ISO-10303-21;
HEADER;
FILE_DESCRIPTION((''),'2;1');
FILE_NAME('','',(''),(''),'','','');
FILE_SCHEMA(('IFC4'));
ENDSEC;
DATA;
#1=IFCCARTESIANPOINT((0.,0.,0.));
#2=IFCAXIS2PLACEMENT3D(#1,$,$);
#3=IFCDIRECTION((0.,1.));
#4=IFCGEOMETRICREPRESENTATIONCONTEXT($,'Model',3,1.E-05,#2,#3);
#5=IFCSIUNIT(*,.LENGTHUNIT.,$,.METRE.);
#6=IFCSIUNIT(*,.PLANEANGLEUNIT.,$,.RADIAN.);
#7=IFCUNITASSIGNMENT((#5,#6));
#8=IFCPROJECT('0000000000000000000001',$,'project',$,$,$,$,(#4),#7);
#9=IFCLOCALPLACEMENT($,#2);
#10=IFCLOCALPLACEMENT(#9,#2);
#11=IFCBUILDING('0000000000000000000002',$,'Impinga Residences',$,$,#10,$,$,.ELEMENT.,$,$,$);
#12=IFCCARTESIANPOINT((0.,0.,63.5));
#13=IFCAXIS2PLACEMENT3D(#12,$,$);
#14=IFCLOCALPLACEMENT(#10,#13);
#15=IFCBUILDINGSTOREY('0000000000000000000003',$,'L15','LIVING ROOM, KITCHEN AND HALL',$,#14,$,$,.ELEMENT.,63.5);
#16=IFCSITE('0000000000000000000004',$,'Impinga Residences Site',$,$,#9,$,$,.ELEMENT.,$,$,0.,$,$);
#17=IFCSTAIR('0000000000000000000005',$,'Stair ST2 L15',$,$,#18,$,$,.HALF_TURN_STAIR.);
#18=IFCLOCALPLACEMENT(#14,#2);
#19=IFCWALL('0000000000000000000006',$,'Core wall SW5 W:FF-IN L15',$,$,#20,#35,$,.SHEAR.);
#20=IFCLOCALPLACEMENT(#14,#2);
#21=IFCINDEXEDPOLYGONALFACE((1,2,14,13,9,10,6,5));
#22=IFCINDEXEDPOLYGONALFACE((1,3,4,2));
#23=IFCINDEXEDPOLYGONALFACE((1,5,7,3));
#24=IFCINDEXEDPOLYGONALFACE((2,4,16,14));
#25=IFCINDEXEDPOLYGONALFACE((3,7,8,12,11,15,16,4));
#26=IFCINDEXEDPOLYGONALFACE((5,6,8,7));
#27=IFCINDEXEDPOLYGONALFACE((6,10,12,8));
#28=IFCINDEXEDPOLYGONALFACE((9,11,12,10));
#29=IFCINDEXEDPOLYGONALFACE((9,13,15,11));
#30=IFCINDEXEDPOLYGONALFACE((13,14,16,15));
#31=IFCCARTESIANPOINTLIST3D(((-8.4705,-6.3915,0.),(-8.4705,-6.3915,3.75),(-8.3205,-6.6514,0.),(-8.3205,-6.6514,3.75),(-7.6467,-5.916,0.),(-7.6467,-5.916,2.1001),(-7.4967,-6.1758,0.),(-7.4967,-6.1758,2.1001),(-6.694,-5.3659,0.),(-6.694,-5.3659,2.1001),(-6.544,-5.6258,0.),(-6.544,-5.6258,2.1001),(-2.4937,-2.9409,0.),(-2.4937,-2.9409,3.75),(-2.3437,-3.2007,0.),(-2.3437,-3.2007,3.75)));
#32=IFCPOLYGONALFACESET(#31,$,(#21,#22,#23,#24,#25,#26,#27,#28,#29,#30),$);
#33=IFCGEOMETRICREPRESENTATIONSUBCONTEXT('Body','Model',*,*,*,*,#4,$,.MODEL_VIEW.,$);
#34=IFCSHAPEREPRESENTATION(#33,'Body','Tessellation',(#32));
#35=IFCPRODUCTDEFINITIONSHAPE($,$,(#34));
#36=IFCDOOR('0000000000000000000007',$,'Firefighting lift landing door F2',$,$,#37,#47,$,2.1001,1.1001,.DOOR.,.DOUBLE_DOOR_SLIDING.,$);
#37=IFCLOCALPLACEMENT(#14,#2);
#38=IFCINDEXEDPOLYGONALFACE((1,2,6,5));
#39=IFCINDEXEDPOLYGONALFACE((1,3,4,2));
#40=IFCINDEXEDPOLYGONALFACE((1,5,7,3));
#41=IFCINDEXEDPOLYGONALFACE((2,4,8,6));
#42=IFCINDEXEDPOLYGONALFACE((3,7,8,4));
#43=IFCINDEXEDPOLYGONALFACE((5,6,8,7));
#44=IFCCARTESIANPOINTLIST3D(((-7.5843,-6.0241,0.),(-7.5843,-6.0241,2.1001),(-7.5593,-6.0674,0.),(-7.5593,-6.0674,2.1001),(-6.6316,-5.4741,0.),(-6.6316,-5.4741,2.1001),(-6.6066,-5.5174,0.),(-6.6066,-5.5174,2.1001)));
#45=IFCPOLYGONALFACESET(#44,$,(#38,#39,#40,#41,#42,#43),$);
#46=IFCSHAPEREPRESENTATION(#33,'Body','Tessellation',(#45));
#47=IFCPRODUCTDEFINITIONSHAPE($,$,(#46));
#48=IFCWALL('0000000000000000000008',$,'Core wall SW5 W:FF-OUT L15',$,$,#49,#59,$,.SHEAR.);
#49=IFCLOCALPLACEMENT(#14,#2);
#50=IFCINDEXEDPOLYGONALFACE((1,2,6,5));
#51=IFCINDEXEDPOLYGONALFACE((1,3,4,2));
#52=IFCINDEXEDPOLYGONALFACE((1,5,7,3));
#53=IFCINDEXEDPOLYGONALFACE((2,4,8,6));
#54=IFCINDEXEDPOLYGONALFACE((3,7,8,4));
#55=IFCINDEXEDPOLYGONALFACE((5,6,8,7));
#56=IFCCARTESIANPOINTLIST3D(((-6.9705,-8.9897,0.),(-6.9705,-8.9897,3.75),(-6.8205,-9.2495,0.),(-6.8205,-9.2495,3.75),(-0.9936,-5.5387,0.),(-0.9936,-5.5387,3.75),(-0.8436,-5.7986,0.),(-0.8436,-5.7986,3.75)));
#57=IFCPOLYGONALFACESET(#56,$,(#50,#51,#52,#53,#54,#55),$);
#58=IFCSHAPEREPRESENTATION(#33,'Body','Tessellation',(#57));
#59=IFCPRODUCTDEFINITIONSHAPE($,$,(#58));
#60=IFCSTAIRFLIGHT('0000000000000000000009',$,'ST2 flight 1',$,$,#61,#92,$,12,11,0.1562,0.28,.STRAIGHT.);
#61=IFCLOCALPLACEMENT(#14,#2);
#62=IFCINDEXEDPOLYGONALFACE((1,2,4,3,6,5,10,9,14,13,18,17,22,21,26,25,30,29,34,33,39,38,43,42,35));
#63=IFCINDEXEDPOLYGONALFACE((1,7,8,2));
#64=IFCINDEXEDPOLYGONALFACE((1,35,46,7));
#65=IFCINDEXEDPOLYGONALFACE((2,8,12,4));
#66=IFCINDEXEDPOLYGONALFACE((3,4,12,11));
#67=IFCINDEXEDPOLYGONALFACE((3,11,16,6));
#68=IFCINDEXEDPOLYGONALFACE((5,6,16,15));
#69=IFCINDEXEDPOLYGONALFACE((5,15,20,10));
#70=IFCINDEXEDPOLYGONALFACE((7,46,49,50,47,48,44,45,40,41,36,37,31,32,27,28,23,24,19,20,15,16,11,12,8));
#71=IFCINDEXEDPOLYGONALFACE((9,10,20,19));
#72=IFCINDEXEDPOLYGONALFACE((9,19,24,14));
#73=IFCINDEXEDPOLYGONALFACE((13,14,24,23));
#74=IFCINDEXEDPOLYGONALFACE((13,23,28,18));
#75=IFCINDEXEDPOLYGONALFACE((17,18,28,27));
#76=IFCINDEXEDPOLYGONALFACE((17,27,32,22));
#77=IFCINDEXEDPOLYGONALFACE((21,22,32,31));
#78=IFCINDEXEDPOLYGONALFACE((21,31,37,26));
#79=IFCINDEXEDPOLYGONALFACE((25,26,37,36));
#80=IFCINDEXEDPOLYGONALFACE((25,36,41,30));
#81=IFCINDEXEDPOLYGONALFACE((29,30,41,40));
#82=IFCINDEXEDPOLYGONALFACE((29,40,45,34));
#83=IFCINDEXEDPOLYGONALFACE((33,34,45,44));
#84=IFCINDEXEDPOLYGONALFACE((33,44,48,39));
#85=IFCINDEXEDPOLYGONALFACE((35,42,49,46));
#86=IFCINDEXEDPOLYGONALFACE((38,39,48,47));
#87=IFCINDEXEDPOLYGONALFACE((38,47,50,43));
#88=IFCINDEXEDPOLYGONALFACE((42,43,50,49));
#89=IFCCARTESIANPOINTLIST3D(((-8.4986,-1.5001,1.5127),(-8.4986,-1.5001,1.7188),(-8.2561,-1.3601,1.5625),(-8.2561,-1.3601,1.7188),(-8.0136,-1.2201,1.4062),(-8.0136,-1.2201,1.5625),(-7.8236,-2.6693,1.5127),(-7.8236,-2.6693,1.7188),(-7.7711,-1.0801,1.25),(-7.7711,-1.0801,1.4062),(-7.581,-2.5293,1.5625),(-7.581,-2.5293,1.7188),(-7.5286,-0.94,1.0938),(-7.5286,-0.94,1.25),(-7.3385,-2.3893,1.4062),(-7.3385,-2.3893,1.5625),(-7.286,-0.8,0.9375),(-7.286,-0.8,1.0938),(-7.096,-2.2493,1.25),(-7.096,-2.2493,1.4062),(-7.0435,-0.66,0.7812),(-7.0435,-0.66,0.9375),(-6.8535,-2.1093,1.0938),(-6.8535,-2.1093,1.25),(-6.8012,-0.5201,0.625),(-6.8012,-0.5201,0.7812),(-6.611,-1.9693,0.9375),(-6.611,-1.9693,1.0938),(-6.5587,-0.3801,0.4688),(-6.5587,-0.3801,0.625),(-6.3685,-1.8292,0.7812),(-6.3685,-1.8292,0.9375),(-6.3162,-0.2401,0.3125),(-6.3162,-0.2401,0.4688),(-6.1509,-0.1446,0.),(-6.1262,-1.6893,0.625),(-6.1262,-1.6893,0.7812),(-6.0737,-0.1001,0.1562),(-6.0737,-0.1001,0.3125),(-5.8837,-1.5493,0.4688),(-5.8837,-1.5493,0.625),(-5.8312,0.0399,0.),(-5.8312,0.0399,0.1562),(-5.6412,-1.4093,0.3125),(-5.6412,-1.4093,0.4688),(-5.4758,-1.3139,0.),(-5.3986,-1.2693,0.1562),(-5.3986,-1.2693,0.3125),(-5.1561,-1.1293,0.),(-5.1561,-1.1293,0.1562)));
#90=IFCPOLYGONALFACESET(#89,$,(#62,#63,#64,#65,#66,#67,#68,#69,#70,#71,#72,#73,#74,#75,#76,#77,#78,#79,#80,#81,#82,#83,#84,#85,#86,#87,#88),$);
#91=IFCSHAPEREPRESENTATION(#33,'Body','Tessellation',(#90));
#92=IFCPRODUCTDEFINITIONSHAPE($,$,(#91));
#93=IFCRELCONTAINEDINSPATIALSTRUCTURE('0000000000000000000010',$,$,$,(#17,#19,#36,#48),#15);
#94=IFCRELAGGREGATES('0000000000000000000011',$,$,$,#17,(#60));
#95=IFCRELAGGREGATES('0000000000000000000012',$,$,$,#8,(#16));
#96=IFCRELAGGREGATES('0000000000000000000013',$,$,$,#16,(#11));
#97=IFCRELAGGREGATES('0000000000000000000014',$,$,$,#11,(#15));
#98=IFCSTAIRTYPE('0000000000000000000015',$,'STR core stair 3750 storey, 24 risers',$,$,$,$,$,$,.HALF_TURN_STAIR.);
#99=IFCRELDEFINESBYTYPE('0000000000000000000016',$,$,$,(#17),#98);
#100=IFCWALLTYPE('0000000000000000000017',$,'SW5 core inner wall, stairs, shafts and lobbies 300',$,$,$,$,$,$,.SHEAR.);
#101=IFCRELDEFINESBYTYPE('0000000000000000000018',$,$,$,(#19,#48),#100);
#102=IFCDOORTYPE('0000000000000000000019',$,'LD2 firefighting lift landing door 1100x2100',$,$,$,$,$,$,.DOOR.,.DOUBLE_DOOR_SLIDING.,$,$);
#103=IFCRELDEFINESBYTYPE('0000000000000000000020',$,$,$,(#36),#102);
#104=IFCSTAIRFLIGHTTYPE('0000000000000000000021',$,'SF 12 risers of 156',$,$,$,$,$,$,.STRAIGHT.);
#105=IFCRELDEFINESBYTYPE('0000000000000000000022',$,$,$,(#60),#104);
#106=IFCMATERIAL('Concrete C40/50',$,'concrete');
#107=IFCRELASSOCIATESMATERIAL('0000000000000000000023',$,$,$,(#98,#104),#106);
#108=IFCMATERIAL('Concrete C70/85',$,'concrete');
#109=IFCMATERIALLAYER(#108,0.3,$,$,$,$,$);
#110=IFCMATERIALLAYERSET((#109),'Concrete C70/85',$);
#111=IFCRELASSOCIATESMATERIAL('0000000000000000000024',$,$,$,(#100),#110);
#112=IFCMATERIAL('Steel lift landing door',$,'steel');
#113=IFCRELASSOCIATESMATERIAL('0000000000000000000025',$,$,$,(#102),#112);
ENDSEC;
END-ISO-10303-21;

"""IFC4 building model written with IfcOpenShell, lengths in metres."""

from ifc_helpers import new_model, si_unit, direction, frame, frame_2d, origin, place, context, subcontext, project, spatial, polyline, rectangle, outline, extrude, material, layer, layer_set, type_object, element, fill, aggregate, save


model = new_model("IFC4")

# Units and contexts
model_context = context("Model", 3, precision=1e-05, world=origin(), true_north=direction((0.0, 1.0)))
body_context = subcontext(model_context, "Body", "Model", "MODEL_VIEW")
ifc_project = project(units=[si_unit("LENGTHUNIT", "METRE"), si_unit("PLANEANGLEUNIT", "RADIAN")], contexts=[model_context])

# Site, building, storey
site_placement = place(None, origin())
site = spatial("IfcSite", under=ifc_project, at=site_placement, Name="Impinga Residences Site", CompositionType="ELEMENT", RefElevation=0.0)
building_placement = place(site_placement, origin())
building = spatial("IfcBuilding", under=site, at=building_placement, Name="Impinga Residences", CompositionType="ELEMENT")
storey_placement = place(building_placement, frame((0.0, 0.0, 63.5)))
storey = spatial("IfcBuildingStorey", under=building, at=storey_placement, Name="L15", Description="LIVING ROOM, KITCHEN AND HALL", CompositionType="ELEMENT", Elevation=63.5)

# Stair
ifc_material_1 = material(Name="Concrete C40/50", Category="concrete")
stair_type = type_object("IfcStairType", Name="STR core stair 3750 storey, 24 risers", PredefinedType="HALF_TURN_STAIR", material=ifc_material_1)
stair_1_placement = place(storey_placement, origin())
stair_1 = element("IfcStair", 1, at=stair_1_placement, inside=storey, type_object=stair_type, Name="Stair ST2 L15", PredefinedType="HALF_TURN_STAIR")

# Shared definitions
ifc_material_2 = material(Name="Concrete C70/85", Category="concrete")

# Shared definitions
ifc_layer_1 = layer(ifc_material_2, 0.3)
ifc_layer_set_1 = layer_set([ifc_layer_1], Name="Concrete C70/85")
wall_type_1 = type_object("IfcWallType", Name="SW5 core inner wall, stairs, shafts and lobbies 300", PredefinedType="SHEAR", material=ifc_layer_set_1)

# Wall, opening, door
wall_1_placement = place(storey_placement, frame((-2.4187, -3.0708, 0.0), z_axis=(0.0, 0.0, 1.0), x_axis=(-0.866027, -0.499997, 0.0)))
wall_1 = element("IfcWall", 2, at=wall_1_placement, inside=storey, type_object=wall_type_1, Name="Core wall SW5 W:FF-IN L15", PredefinedType="SHEAR", context=body_context, shape_type="SweptSolid", body=[
    extrude(rectangle(XDim=6.9014, YDim=0.3, at=frame_2d((3.4507, 0.0))), origin(), (0.0, 0.0, 1.0), 3.75),
])
opening_1_placement = place(wall_1_placement, frame((4.8501, 0.0, 0.0)))
opening_1 = element("IfcOpeningElement", 3, at=opening_1_placement, cuts=wall_1, PredefinedType="OPENING", context=body_context, shape_type="SweptSolid", body=[
    extrude(rectangle(XDim=1.1001, YDim=2.1001, at=frame_2d((0.55, 1.05))), frame((0.0, 0.1599, 0.0), z_axis=(0.0, -1.0, 0.0), x_axis=(1.0, 0.0, 0.0)), (0.0, 0.0, 1.0), 0.3201),
])
ifc_material_3 = material(Name="Steel lift landing door", Category="steel")
door_type_1 = type_object("IfcDoorType", Name="LD2 firefighting lift landing door 1100x2100", OperationType="DOUBLE_DOOR_SLIDING", PredefinedType="DOOR", material=ifc_material_3)
door_1_placement = place(opening_1_placement, origin())
door_1 = element("IfcDoor", 4, at=door_1_placement, inside=storey, type_object=door_type_1, Name="Firefighting lift landing door F2", OperationType="DOUBLE_DOOR_SLIDING", OverallHeight=2.1001, OverallWidth=1.1001, PredefinedType="DOOR", context=body_context, shape_type="SweptSolid", body=[
    extrude(rectangle(XDim=1.1001, YDim=2.1001, at=frame_2d((0.55, 1.05))), frame((0.0, 0.0249, 0.0), z_axis=(0.0, -1.0, 0.0), x_axis=(1.0, 0.0, 0.0)), (0.0, 0.0, 1.0), 0.05),
])
fill(opening_1, door_1)

# Wall
wall_2_placement = place(storey_placement, frame((-0.9187, -5.6687, 0.0), z_axis=(0.0, 0.0, 1.0), x_axis=(-0.866012, -0.500024, 0.0)))
element("IfcWall", 5, at=wall_2_placement, inside=storey, type_object=wall_type_1, Name="Core wall SW5 W:FF-OUT L15", PredefinedType="SHEAR", context=body_context, shape_type="SweptSolid", body=[
    extrude(rectangle(XDim=6.9016, YDim=0.3, at=frame_2d((3.4507, 0.0))), origin(), (0.0, 0.0, 1.0), 3.75),
])

# Stair flight
stair_flight_type = type_object("IfcStairFlightType", Name="SF 12 risers of 156", PredefinedType="STRAIGHT", material=ifc_material_1)
stair_flight_placement = place(storey_placement, frame((-5.4937, -0.5447, 0.0), z_axis=(0.0, 0.0, 1.0), x_axis=(-0.866025, -0.5, 0.0)))
stair_flight = element("IfcStairFlight", 6, at=stair_flight_placement, type_object=stair_flight_type, Name="ST2 flight 1", NumberOfRisers=12, NumberOfTreads=11, PredefinedType="STRAIGHT", RiserHeight=0.1562, TreadLength=0.28, context=body_context, shape_type="SweptSolid", body=[
    extrude(outline(polyline([(0.0, 0.0), (0.0, 0.1562), (0.28, 0.1562), (0.28, 0.3125), (0.5601, 0.3125), (0.5601, 0.4688), (0.8401, 0.4688), (0.8401, 0.625), (1.1201, 0.625), (1.1201, 0.7812), (1.3999, 0.7812), (1.3999, 0.9375), (1.6799, 0.9375), (1.6799, 1.0938), (1.96, 1.0938), (1.96, 1.25), (2.24, 1.25), (2.24, 1.4062), (2.52, 1.4062), (2.52, 1.5625), (2.8, 1.5625), (2.8, 1.7188), (3.0801, 1.7188), (3.0801, 1.875), (3.0801, 1.5127), (0.3691, 0.0), (0.0, 0.0)])), frame((0.0, 0.675, 0.0), z_axis=(0.0, -1.0, 0.0), x_axis=(1.0, 0.0, 0.0)), (0.0, 0.0, 1.0), 1.3501),
])
aggregate(stair_1, [stair_flight])

save(model, "model.ifc")
